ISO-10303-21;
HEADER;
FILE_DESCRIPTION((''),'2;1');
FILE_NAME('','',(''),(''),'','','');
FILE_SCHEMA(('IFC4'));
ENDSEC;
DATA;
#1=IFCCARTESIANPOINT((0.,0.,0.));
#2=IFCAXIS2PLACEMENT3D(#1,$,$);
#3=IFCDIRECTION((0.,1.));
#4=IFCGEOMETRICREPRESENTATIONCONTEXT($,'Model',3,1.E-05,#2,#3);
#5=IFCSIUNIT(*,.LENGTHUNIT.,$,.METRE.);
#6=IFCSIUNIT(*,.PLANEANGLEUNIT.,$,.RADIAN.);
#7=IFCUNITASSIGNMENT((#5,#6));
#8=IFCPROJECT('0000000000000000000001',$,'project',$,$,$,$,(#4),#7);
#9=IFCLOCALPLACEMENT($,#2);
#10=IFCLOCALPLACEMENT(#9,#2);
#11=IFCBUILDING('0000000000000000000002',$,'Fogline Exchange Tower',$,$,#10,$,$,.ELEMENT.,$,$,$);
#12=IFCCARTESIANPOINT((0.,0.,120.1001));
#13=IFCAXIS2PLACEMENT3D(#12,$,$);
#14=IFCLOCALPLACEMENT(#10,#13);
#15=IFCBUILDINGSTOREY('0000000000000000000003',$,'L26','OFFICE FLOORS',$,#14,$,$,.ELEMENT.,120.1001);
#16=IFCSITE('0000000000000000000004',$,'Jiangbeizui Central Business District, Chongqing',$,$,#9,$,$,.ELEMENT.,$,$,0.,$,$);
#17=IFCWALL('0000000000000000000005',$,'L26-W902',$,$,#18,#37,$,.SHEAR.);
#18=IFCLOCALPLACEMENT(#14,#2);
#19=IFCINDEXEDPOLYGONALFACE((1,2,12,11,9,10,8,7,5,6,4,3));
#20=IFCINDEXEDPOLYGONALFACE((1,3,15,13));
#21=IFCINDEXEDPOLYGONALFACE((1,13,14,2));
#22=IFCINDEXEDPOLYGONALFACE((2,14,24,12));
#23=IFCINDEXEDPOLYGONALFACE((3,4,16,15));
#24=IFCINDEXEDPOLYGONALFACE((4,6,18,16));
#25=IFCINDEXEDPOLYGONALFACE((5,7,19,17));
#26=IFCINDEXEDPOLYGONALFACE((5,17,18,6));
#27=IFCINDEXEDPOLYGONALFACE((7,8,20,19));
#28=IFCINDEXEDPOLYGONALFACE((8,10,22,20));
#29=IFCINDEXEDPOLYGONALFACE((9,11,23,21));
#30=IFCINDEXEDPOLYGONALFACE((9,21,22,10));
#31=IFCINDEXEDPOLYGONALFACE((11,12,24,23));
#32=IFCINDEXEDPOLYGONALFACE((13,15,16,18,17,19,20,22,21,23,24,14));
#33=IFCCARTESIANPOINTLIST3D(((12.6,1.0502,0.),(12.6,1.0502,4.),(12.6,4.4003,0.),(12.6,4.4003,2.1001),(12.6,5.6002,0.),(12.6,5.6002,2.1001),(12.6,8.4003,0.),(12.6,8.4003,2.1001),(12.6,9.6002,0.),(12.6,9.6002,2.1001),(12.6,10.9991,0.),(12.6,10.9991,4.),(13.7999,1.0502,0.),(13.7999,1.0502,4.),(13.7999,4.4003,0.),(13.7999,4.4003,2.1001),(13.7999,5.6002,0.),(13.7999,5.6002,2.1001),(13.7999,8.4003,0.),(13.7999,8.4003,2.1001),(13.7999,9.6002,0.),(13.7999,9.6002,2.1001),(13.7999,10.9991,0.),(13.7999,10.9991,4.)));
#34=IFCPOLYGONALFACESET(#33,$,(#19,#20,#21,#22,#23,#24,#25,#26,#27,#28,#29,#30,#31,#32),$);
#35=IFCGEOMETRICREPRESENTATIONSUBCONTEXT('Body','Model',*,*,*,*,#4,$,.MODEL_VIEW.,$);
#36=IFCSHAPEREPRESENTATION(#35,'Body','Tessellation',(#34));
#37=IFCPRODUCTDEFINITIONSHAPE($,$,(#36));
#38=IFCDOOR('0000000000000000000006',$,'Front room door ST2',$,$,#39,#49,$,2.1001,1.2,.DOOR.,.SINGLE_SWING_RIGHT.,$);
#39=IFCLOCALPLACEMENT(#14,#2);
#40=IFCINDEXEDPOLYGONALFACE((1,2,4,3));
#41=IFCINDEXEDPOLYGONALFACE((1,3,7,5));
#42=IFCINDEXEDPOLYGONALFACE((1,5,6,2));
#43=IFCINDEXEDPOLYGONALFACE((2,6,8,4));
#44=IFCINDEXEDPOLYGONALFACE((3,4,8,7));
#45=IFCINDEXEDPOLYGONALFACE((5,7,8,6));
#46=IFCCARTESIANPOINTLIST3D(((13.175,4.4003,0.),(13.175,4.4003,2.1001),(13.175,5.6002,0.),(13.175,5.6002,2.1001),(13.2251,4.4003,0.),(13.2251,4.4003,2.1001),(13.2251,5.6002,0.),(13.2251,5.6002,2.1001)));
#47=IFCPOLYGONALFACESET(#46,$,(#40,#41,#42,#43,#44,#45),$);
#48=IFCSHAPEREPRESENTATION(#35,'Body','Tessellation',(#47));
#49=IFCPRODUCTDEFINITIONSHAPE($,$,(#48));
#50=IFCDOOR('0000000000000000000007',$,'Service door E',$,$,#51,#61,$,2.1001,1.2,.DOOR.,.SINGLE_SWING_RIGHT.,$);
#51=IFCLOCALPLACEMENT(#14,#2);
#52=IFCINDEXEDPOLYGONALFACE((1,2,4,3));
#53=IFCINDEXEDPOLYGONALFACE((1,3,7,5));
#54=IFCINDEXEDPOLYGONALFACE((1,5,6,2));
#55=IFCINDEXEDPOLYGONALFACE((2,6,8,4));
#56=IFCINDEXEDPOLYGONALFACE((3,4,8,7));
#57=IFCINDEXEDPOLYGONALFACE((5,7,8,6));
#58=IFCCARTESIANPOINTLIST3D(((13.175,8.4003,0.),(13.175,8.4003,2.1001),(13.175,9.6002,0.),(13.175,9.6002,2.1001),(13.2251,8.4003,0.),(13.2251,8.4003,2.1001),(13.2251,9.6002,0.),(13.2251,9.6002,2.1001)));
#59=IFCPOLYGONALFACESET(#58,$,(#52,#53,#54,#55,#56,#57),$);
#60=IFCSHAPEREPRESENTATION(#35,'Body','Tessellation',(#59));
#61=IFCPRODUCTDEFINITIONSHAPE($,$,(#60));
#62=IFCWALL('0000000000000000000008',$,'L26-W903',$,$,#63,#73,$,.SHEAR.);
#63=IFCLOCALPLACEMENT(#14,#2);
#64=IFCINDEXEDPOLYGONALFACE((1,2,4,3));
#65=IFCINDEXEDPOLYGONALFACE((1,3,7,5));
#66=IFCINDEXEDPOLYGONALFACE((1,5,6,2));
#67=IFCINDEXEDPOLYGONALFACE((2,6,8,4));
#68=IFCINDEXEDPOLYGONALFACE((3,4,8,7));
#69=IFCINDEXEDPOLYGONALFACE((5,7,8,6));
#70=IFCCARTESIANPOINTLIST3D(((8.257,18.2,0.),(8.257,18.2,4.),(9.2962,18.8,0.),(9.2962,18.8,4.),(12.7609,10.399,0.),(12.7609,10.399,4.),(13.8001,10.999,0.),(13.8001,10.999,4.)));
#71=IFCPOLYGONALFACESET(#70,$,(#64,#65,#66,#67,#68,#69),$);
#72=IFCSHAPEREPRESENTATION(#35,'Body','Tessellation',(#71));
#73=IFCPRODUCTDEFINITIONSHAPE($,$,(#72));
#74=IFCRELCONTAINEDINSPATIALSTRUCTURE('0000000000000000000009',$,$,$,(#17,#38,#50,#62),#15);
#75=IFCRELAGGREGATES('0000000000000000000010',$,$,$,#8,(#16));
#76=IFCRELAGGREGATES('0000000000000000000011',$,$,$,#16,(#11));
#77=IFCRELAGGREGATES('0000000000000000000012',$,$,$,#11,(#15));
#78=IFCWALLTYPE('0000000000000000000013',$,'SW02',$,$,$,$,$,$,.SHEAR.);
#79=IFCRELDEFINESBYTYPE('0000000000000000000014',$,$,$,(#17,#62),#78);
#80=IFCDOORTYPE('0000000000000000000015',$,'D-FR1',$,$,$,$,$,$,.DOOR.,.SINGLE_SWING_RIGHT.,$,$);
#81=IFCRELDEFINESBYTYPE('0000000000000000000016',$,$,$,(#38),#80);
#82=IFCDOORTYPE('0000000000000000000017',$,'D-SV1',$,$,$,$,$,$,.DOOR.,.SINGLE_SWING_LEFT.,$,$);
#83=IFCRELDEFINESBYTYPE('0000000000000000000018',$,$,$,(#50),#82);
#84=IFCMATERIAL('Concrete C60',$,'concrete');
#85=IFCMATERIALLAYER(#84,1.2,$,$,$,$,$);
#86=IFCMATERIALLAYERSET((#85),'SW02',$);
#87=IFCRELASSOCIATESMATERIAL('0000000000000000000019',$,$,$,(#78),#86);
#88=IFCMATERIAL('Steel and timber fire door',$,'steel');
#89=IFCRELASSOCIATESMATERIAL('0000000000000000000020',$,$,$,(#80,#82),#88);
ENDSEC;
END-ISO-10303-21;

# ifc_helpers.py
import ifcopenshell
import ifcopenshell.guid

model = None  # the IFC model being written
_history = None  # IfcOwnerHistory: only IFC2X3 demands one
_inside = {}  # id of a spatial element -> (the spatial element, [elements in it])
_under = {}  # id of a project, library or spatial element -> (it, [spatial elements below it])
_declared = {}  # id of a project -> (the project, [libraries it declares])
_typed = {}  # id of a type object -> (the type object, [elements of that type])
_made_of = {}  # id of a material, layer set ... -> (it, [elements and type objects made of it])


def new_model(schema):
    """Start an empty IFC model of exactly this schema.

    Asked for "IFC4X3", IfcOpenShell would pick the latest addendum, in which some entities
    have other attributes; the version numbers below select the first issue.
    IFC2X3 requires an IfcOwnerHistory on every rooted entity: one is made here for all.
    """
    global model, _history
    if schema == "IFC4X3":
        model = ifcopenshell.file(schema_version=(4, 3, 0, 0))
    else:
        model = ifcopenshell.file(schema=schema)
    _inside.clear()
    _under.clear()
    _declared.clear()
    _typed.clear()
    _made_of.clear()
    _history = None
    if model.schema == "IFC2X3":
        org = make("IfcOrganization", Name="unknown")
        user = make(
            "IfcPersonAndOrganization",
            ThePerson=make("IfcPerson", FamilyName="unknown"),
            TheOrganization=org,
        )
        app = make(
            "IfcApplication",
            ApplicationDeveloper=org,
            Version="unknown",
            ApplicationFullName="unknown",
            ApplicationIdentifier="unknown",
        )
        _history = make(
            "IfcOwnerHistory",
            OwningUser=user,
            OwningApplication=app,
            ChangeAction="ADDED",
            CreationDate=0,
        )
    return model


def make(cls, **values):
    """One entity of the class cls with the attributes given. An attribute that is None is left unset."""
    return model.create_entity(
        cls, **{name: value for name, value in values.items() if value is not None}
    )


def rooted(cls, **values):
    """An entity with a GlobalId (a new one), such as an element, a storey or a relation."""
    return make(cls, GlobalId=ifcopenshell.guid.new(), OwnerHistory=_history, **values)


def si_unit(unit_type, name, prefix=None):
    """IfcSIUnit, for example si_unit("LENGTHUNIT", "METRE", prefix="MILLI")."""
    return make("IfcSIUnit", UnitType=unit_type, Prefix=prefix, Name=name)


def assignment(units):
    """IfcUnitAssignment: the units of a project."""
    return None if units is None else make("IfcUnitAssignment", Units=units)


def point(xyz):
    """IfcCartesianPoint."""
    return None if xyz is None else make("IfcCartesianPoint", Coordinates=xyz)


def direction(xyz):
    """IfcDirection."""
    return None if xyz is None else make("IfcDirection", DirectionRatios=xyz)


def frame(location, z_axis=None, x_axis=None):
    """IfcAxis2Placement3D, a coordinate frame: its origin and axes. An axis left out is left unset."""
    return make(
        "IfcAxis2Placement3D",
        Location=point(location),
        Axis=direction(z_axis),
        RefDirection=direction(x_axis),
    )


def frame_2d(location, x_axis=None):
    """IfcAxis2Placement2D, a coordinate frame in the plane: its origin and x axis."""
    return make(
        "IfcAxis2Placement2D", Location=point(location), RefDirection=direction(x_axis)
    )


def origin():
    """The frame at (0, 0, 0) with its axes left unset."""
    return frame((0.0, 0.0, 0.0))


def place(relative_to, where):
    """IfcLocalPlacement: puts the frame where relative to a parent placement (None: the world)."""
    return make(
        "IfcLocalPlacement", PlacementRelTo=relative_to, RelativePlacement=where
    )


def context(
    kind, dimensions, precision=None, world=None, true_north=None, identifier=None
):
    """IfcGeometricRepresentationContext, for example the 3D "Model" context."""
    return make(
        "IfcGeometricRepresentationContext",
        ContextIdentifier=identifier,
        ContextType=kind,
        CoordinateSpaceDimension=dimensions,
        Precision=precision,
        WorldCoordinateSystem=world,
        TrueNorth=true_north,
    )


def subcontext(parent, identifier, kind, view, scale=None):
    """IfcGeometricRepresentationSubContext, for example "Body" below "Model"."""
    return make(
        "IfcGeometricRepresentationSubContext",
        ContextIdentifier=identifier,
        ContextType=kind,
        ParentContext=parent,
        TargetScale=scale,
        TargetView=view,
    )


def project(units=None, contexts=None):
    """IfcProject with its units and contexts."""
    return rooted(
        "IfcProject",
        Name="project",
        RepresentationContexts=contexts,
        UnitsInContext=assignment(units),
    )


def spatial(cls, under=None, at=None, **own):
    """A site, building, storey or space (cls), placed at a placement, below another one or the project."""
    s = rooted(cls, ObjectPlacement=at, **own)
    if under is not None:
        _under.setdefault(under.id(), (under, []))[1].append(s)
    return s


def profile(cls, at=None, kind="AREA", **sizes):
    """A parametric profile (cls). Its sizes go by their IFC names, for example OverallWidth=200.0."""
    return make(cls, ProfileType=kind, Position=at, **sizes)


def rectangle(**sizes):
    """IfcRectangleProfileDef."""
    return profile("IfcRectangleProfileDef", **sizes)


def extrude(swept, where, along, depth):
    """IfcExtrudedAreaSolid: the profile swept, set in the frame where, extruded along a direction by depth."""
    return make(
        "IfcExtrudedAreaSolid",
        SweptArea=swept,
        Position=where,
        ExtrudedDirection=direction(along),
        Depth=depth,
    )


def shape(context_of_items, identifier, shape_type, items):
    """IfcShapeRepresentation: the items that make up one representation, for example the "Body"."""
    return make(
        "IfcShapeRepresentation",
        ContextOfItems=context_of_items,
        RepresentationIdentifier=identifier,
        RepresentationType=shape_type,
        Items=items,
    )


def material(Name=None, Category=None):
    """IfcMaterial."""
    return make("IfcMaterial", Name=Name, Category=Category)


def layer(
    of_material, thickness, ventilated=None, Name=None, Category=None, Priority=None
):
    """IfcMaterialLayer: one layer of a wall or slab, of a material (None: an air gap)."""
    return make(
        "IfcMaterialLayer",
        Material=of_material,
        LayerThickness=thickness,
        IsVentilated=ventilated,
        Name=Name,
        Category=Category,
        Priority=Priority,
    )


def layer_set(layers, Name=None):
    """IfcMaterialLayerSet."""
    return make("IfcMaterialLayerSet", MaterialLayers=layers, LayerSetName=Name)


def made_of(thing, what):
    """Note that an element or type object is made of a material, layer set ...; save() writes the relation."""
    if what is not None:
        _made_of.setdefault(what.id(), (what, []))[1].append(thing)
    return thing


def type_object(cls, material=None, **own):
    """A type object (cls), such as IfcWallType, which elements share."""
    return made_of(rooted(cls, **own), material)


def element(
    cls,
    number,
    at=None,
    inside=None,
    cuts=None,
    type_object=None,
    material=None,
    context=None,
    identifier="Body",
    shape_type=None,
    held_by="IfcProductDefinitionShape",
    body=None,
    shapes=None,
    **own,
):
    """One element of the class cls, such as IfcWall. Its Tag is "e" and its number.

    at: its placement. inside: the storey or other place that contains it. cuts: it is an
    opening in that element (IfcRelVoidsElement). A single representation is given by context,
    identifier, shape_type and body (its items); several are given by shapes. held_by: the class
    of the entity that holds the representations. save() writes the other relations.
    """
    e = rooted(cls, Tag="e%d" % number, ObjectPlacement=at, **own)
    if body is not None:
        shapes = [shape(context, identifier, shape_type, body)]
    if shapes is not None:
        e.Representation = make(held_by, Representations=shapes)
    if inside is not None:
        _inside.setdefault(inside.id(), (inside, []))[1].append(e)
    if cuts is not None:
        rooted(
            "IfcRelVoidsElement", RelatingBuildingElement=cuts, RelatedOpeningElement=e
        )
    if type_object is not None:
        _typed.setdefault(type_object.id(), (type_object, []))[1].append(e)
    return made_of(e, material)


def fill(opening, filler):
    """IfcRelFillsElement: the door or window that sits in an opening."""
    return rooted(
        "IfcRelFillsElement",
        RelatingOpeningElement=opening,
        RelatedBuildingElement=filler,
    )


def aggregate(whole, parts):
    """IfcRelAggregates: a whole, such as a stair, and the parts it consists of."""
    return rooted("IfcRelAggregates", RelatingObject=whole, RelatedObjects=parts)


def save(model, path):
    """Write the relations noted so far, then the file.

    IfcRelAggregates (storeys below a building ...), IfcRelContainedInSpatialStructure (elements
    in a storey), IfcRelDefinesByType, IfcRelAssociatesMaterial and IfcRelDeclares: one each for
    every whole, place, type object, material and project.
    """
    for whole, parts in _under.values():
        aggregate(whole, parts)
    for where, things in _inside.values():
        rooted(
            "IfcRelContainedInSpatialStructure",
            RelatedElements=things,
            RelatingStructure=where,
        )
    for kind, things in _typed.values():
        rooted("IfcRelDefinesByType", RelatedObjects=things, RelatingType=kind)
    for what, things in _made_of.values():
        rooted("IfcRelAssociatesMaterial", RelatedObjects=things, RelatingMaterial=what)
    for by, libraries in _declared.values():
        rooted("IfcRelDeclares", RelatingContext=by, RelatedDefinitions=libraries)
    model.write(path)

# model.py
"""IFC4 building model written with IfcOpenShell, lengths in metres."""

from ifc_helpers import new_model, si_unit, direction, frame, frame_2d, origin, place, context, subcontext, project, spatial, rectangle, extrude, material, layer, layer_set, type_object, element, fill, save


model = new_model("IFC4")

# Units and contexts
model_context = context("Model", 3, precision=1e-05, world=origin(), true_north=direction((0.0, 1.0)))
body_context = subcontext(model_context, "Body", "Model", "MODEL_VIEW")
ifc_project = project(units=[si_unit("LENGTHUNIT", "METRE"), si_unit("PLANEANGLEUNIT", "RADIAN")], contexts=[model_context])

# Site, building, storey
site_placement = place(None, origin())
site = spatial("IfcSite", under=ifc_project, at=site_placement, Name="Jiangbeizui Central Business District, Chongqing", CompositionType="ELEMENT", RefElevation=0.0)
building_placement = place(site_placement, origin())
building = spatial("IfcBuilding", under=site, at=building_placement, Name="Fogline Exchange Tower", CompositionType="ELEMENT")
storey_placement = place(building_placement, frame((0.0, 0.0, 120.1001)))
storey = spatial("IfcBuildingStorey", under=building, at=storey_placement, Name="L26", Description="OFFICE FLOORS", CompositionType="ELEMENT", Elevation=120.1001)

# Shared definitions
ifc_material_1 = material(Name="Steel and timber fire door", Category="steel")

# Wall, openings, doors
ifc_material_2 = material(Name="Concrete C60", Category="concrete")
ifc_layer_1 = layer(ifc_material_2, 1.2)
ifc_layer_set_1 = layer_set([ifc_layer_1], Name="SW02")
wall_type_1 = type_object("IfcWallType", Name="SW02", PredefinedType="SHEAR", material=ifc_layer_set_1)
wall_1_placement = place(storey_placement, frame((13.2, 1.05, 0.0), z_axis=(0.0, 0.0, 1.0), x_axis=(0.0, 1.0, 0.0)))
wall_1 = element("IfcWall", 1, at=wall_1_placement, inside=storey, type_object=wall_type_1, Name="L26-W902", PredefinedType="SHEAR", context=body_context, shape_type="SweptSolid", body=[
    extrude(rectangle(XDim=9.949, YDim=1.2, at=frame_2d((4.9746, 0.0))), origin(), (0.0, 0.0, 1.0), 4.0),
])
opening_1_placement = place(wall_1_placement, frame((3.3501, 0.0, 0.0)))
opening_1 = element("IfcOpeningElement", 2, at=opening_1_placement, cuts=wall_1, PredefinedType="OPENING", context=body_context, shape_type="SweptSolid", body=[
    extrude(rectangle(XDim=1.2, YDim=2.1001, at=frame_2d((0.6001, 1.05))), frame((0.0, 0.6099, 0.0), z_axis=(0.0, -1.0, 0.0), x_axis=(1.0, 0.0, 0.0)), (0.0, 0.0, 1.0), 1.22),
])
opening_2_placement = place(wall_1_placement, frame((7.3501, 0.0, 0.0)))
opening_2 = element("IfcOpeningElement", 3, at=opening_2_placement, cuts=wall_1, PredefinedType="OPENING", context=body_context, shape_type="SweptSolid", body=[
    extrude(rectangle(XDim=1.2, YDim=2.1001, at=frame_2d((0.6001, 1.05))), frame((0.0, 0.6099, 0.0), z_axis=(0.0, -1.0, 0.0), x_axis=(1.0, 0.0, 0.0)), (0.0, 0.0, 1.0), 1.22),
])
door_type_1 = type_object("IfcDoorType", Name="D-FR1", OperationType="SINGLE_SWING_RIGHT", PredefinedType="DOOR", material=ifc_material_1)
door_1_placement = place(opening_1_placement, origin())
door_1 = element("IfcDoor", 4, at=door_1_placement, inside=storey, type_object=door_type_1, Name="Front room door ST2", OperationType="SINGLE_SWING_RIGHT", OverallHeight=2.1001, OverallWidth=1.2, PredefinedType="DOOR", context=body_context, shape_type="SweptSolid", body=[
    extrude(rectangle(XDim=1.2, YDim=2.1001, at=frame_2d((0.6001, 1.05))), frame((0.0, 0.0249, 0.0), z_axis=(0.0, -1.0, 0.0), x_axis=(1.0, 0.0, 0.0)), (0.0, 0.0, 1.0), 0.05),
])
fill(opening_1, door_1)
door_type_2 = type_object("IfcDoorType", Name="D-SV1", OperationType="SINGLE_SWING_LEFT", PredefinedType="DOOR", material=ifc_material_1)
door_2_placement = place(opening_2_placement, origin())
door_2 = element("IfcDoor", 5, at=door_2_placement, inside=storey, type_object=door_type_2, Name="Service door E", OperationType="SINGLE_SWING_RIGHT", OverallHeight=2.1001, OverallWidth=1.2, PredefinedType="DOOR", context=body_context, shape_type="SweptSolid", body=[
    extrude(rectangle(XDim=1.2, YDim=2.1001, at=frame_2d((0.6001, 1.05))), frame((0.0, 0.0249, 0.0), z_axis=(0.0, -1.0, 0.0), x_axis=(1.0, 0.0, 0.0)), (0.0, 0.0, 1.0), 0.05),
])
fill(opening_2, door_2)

# Wall
wall_2_placement = place(storey_placement, frame((13.2805, 10.699, 0.0), z_axis=(0.0, 0.0, 1.0), x_axis=(-0.499999, 0.866026, 0.0)))
element("IfcWall", 6, at=wall_2_placement, inside=storey, type_object=wall_type_1, Name="L26-W903", PredefinedType="SHEAR", context=body_context, shape_type="SweptSolid", body=[
    extrude(rectangle(XDim=9.0078, YDim=1.2, at=frame_2d((4.5039, 0.0))), origin(), (0.0, 0.0, 1.0), 4.0),
])

save(model, "model.ifc")
